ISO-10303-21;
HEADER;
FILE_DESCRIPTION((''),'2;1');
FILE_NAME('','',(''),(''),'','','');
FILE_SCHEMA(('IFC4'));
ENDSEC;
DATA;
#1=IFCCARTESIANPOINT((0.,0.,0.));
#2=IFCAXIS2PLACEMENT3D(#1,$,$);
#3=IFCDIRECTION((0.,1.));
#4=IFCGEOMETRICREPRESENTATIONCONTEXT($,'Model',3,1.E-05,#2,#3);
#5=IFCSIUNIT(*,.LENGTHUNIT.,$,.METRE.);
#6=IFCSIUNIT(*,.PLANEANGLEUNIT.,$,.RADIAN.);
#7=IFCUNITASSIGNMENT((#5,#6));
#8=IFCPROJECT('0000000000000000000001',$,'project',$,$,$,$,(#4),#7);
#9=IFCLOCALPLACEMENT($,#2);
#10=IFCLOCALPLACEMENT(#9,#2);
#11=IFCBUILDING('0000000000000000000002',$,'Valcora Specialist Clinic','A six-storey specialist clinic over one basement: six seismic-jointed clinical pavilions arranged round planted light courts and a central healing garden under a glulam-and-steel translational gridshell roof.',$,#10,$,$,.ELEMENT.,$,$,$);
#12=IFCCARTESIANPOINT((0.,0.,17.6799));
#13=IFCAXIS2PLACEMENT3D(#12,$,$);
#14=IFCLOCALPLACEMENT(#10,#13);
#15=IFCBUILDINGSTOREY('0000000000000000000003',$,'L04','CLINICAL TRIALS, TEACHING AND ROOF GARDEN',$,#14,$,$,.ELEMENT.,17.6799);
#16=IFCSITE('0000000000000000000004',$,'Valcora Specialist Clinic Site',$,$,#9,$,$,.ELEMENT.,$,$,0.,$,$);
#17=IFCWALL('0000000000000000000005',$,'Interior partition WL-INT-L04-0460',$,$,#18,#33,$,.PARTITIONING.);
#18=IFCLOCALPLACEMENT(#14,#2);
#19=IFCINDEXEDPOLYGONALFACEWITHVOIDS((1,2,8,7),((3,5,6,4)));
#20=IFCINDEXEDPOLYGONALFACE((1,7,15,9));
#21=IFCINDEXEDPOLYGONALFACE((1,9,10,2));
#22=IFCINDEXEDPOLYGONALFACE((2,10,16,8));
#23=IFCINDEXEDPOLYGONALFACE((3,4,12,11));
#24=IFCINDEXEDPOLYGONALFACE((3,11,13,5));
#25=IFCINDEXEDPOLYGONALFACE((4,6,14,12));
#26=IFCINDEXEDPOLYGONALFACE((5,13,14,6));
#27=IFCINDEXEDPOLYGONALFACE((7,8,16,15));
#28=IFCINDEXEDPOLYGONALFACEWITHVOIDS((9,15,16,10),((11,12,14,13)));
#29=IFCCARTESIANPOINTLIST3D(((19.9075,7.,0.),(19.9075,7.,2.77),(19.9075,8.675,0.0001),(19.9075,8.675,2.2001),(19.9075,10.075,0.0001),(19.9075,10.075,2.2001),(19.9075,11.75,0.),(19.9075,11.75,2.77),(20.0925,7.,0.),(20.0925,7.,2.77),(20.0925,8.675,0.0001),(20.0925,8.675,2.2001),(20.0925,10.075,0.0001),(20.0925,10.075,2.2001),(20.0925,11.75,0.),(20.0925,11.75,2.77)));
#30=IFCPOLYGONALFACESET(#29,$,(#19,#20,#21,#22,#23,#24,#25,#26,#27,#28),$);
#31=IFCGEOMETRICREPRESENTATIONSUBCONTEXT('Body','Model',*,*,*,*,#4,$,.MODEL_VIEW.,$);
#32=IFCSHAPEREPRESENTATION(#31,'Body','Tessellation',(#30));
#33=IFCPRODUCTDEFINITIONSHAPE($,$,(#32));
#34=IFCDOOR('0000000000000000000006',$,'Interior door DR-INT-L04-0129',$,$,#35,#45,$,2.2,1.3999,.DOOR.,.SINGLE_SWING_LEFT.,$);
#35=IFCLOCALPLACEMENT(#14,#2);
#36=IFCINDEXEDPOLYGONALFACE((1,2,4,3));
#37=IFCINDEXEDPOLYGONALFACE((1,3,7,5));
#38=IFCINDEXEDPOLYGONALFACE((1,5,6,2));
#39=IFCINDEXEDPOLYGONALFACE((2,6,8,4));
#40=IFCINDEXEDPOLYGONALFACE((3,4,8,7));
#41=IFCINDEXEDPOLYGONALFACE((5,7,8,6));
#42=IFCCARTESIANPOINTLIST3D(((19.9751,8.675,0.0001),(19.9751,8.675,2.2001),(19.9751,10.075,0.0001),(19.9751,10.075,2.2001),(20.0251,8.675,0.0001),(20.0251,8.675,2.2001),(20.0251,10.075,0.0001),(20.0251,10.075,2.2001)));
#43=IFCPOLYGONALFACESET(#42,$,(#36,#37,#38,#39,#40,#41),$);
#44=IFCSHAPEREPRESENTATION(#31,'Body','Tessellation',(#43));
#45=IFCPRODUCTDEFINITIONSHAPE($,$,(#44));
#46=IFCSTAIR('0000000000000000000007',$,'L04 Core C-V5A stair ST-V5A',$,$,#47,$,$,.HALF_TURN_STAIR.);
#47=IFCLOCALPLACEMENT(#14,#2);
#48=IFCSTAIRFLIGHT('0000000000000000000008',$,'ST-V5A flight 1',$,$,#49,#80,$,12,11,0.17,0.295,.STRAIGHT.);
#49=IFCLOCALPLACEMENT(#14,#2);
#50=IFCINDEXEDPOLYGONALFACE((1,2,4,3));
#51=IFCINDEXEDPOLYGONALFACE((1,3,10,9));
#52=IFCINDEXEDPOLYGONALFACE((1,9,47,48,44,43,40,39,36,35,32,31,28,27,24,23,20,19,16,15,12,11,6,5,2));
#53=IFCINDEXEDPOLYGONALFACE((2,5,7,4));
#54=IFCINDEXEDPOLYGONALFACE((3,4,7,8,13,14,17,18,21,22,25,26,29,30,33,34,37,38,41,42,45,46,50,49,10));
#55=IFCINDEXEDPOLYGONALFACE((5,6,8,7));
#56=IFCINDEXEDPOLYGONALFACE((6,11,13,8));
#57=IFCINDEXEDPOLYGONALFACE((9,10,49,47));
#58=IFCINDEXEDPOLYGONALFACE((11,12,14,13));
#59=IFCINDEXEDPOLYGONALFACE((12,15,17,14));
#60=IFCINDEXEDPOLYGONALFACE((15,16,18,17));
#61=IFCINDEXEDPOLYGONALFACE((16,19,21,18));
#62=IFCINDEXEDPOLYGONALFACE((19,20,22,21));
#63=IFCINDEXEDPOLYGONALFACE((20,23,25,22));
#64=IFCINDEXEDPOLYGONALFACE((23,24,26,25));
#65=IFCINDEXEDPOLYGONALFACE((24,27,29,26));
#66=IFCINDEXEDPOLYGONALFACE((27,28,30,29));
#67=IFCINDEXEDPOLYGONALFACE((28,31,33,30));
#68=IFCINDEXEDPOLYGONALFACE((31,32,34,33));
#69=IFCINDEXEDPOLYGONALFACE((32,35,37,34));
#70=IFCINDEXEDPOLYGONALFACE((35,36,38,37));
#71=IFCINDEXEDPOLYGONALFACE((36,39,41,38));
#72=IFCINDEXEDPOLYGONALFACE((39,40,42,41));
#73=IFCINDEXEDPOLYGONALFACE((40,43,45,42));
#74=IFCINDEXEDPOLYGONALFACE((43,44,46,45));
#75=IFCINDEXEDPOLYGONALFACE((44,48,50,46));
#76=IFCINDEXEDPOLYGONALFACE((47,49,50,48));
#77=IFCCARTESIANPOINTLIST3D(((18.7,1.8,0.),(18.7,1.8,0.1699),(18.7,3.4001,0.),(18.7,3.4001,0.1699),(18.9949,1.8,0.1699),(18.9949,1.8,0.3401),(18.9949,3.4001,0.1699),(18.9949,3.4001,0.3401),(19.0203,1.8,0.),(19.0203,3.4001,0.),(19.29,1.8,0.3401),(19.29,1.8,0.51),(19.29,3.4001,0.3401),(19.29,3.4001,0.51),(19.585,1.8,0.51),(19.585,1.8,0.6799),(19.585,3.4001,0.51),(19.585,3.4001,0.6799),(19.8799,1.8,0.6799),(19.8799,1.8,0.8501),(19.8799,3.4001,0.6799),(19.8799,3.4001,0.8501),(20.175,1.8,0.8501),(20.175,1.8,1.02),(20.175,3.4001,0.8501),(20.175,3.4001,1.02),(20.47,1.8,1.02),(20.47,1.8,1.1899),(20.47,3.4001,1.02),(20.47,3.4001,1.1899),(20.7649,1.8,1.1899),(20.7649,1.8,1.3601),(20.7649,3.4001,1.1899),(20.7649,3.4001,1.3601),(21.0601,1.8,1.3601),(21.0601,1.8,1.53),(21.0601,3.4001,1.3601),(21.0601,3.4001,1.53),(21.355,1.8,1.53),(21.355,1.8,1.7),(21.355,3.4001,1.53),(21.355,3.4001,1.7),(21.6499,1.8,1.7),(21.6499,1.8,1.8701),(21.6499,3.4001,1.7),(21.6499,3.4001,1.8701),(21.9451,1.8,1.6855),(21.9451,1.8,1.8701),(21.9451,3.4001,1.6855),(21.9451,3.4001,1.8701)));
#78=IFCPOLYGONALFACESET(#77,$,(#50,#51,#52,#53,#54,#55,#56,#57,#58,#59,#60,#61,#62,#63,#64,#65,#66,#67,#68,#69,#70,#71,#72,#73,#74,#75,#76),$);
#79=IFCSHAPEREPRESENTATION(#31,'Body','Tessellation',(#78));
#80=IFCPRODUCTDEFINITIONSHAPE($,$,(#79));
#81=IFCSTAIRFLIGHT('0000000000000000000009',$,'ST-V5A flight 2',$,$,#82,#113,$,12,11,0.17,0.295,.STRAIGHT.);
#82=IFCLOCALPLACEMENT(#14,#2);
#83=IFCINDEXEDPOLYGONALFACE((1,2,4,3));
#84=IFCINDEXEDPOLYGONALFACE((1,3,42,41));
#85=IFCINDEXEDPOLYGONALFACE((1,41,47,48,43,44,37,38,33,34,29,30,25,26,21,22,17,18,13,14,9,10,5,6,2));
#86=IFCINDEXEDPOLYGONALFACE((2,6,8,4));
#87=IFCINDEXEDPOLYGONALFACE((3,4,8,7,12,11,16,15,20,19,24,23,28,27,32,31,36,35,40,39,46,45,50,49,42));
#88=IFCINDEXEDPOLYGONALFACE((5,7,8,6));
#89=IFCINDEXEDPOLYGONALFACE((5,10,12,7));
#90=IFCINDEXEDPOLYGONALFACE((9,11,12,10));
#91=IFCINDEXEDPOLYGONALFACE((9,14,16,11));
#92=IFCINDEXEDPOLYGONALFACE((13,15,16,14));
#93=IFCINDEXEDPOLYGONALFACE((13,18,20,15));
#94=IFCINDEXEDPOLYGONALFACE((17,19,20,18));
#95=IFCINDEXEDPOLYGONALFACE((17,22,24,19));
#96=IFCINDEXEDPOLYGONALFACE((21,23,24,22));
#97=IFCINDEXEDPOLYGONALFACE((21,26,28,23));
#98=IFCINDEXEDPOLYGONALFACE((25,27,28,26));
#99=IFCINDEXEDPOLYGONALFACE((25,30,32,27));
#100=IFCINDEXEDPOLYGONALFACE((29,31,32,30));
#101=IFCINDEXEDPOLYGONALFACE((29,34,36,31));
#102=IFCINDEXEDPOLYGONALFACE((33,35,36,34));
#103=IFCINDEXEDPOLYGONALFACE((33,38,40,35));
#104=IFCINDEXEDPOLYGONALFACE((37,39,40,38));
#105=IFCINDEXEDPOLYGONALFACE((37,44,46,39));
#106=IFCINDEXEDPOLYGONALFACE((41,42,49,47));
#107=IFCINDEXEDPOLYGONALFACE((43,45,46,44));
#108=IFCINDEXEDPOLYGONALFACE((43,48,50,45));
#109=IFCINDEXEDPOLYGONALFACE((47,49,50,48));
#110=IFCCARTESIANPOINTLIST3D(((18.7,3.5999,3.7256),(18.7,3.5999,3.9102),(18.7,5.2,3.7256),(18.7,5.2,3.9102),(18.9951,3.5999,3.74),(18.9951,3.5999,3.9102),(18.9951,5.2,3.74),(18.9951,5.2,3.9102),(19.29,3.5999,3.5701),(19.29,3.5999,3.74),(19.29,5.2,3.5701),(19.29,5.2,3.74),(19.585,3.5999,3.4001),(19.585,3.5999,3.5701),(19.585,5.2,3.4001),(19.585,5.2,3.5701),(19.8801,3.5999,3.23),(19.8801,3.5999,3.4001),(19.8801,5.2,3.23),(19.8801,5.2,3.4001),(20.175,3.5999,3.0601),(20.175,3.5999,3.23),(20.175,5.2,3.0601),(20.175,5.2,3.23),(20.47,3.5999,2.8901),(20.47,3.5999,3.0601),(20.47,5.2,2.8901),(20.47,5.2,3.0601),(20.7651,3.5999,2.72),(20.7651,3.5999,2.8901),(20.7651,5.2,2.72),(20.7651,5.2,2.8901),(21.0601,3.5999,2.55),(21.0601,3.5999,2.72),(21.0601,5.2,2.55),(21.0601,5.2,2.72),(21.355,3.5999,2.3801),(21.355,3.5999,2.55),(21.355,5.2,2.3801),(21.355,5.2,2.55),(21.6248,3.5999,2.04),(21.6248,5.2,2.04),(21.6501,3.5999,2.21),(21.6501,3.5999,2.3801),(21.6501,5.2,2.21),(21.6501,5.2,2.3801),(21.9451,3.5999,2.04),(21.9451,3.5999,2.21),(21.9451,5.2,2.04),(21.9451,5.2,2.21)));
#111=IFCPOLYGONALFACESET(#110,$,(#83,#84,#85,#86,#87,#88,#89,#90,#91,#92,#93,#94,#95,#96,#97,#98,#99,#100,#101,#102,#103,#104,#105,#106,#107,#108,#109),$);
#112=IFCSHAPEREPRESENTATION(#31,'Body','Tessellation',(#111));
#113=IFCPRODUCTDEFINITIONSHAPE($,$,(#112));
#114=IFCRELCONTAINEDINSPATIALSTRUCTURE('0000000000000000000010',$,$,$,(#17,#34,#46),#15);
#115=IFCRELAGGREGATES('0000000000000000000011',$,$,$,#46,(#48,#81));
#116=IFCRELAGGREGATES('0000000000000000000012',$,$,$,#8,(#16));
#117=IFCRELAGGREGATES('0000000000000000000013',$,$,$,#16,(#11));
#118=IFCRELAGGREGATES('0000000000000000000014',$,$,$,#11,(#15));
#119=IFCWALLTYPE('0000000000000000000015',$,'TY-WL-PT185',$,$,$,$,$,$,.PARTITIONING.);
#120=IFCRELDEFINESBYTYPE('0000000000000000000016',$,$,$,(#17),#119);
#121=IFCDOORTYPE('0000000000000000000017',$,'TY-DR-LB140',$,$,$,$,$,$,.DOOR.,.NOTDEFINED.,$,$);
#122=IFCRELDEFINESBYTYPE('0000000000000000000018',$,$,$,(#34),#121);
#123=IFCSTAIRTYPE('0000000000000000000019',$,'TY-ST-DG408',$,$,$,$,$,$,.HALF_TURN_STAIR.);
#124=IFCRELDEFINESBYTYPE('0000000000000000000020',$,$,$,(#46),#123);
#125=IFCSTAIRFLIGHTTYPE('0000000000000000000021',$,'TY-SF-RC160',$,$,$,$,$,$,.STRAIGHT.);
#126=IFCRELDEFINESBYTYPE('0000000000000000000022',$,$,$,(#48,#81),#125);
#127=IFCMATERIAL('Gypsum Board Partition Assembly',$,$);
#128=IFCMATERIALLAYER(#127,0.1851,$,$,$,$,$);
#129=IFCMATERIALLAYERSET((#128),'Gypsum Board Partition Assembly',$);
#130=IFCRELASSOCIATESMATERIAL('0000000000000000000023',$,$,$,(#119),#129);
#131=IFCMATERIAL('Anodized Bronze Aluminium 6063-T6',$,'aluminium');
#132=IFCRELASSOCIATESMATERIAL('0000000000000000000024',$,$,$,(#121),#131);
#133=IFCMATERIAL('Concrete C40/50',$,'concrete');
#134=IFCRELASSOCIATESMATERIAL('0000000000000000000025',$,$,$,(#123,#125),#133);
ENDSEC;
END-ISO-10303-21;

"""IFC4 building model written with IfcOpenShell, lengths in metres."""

from ifc_helpers import new_model, si_unit, direction, frame, frame_2d, origin, place, context, subcontext, project, spatial, polyline, rectangle, outline, extrude, material, layer, layer_set, type_object, element, fill, aggregate, save


model = new_model("IFC4")

# Units and contexts
model_context = context("Model", 3, precision=1e-05, world=origin(), true_north=direction((0.0, 1.0)))
body_context = subcontext(model_context, "Body", "Model", "MODEL_VIEW")
ifc_project = project(units=[si_unit("LENGTHUNIT", "METRE"), si_unit("PLANEANGLEUNIT", "RADIAN")], contexts=[model_context])

# Site, building, storey
site_placement = place(None, origin())
site = spatial("IfcSite", under=ifc_project, at=site_placement, Name="Valcora Specialist Clinic Site", CompositionType="ELEMENT", RefElevation=0.0)
building_placement = place(site_placement, origin())
building = spatial("IfcBuilding", under=site, at=building_placement, Name="Valcora Specialist Clinic", Description="A six-storey specialist clinic over one basement: six seismic-jointed clinical pavilions arranged round planted light courts and a central healing garden under a glulam-and-steel translational gridshell roof.", CompositionType="ELEMENT")
storey_placement = place(building_placement, frame((0.0, 0.0, 17.6799)))
storey = spatial("IfcBuildingStorey", under=building, at=storey_placement, Name="L04", Description="CLINICAL TRIALS, TEACHING AND ROOF GARDEN", CompositionType="ELEMENT", Elevation=17.6799)

# Shared definitions
ifc_material_1 = material(Name="Concrete C40/50", Category="concrete")

# Shared definitions
ifc_material_2 = material(Name="Gypsum Board Partition Assembly")

# Wall, opening, door
ifc_layer_1 = layer(ifc_material_2, 0.1851)
ifc_layer_set_1 = layer_set([ifc_layer_1], Name="Gypsum Board Partition Assembly")
wall_type_1 = type_object("IfcWallType", Name="TY-WL-PT185", PredefinedType="PARTITIONING", material=ifc_layer_set_1)
wall_1_placement = place(storey_placement, frame((20.0, 7.0, 0.0), z_axis=(0.0, 0.0, 1.0), x_axis=(0.0, 1.0, 0.0)))
wall_1 = element("IfcWall", 1, at=wall_1_placement, inside=storey, type_object=wall_type_1, Name="Interior partition WL-INT-L04-0460", PredefinedType="PARTITIONING", context=body_context, shape_type="SweptSolid", body=[
    extrude(rectangle(XDim=4.75, YDim=0.1851, at=frame_2d((2.375, 0.0))), origin(), (0.0, 0.0, 1.0), 2.77),
])
opening_1_placement = place(wall_1_placement, frame((1.675, 0.0, 0.0)))
opening_1 = element("IfcOpeningElement", 2, at=opening_1_placement, cuts=wall_1, PredefinedType="OPENING", context=body_context, shape_type="SweptSolid", body=[
    extrude(rectangle(XDim=1.3999, YDim=2.2, at=frame_2d((0.7, 1.1001))), frame((0.0, 0.1025, 0.0), z_axis=(0.0, -1.0, 0.0), x_axis=(1.0, 0.0, 0.0)), (0.0, 0.0, 1.0), 0.2051),
])
ifc_material_3 = material(Name="Anodized Bronze Aluminium 6063-T6", Category="aluminium")
door_type_1 = type_object("IfcDoorType", Name="TY-DR-LB140", OperationType="NOTDEFINED", PredefinedType="DOOR", material=ifc_material_3)
door_1_placement = place(opening_1_placement, origin())
door_1 = element("IfcDoor", 3, at=door_1_placement, inside=storey, type_object=door_type_1, Name="Interior door DR-INT-L04-0129", OperationType="SINGLE_SWING_LEFT", OverallHeight=2.2, OverallWidth=1.3999, PredefinedType="DOOR", context=body_context, shape_type="SweptSolid", body=[
    extrude(rectangle(XDim=1.3999, YDim=2.2, at=frame_2d((0.7, 1.1001))), frame((0.0, 0.0249, 0.0), z_axis=(0.0, -1.0, 0.0), x_axis=(1.0, 0.0, 0.0)), (0.0, 0.0, 1.0), 0.05),
])
fill(opening_1, door_1)

# Stair, stair flights
stair_type = type_object("IfcStairType", Name="TY-ST-DG408", PredefinedType="HALF_TURN_STAIR", material=ifc_material_1)
stair_placement = place(storey_placement, origin())
stair = element("IfcStair", 4, at=stair_placement, inside=storey, type_object=stair_type, Name="L04 Core C-V5A stair ST-V5A", PredefinedType="HALF_TURN_STAIR")
stair_flight_type = type_object("IfcStairFlightType", Name="TY-SF-RC160", PredefinedType="STRAIGHT", material=ifc_material_1)
stair_flight_1_placement = place(storey_placement, frame((18.7, 2.6001, 0.0), z_axis=(0.0, 0.0, 1.0), x_axis=(1.0, 0.0, 0.0)))
stair_flight_1 = element("IfcStairFlight", 5, at=stair_flight_1_placement, type_object=stair_flight_type, Name="ST-V5A flight 1", NumberOfRisers=12, NumberOfTreads=11, PredefinedType="STRAIGHT", RiserHeight=0.17, TreadLength=0.295, context=body_context, shape_type="SweptSolid", body=[
    extrude(outline(polyline([(0.0, 0.0), (0.0, 0.1699), (0.2949, 0.1699), (0.2949, 0.3401), (0.5901, 0.3401), (0.5901, 0.51), (0.885, 0.51), (0.885, 0.6799), (1.1799, 0.6799), (1.1799, 0.8501), (1.4751, 0.8501), (1.4751, 1.02), (1.77, 1.02), (1.77, 1.1899), (2.0649, 1.1899), (2.0649, 1.3601), (2.3601, 1.3601), (2.3601, 1.53), (2.655, 1.53), (2.655, 1.7), (2.95, 1.7), (2.95, 1.8701), (3.2451, 1.8701), (3.2451, 2.04), (3.2451, 1.6855), (0.3203, 0.0), (0.0, 0.0)])), frame((0.0, 0.8, 0.0), z_axis=(0.0, -1.0, 0.0), x_axis=(1.0, 0.0, 0.0)), (0.0, 0.0, 1.0), 1.6001),
])
stair_flight_2_placement = place(storey_placement, frame((21.9451, 4.3999, 2.04), z_axis=(0.0, 0.0, 1.0), x_axis=(-1.0, 0.0, 0.0)))
stair_flight_2 = element("IfcStairFlight", 6, at=stair_flight_2_placement, type_object=stair_flight_type, Name="ST-V5A flight 2", NumberOfRisers=12, NumberOfTreads=11, PredefinedType="STRAIGHT", RiserHeight=0.17, TreadLength=0.295, context=body_context, shape_type="SweptSolid", body=[
    extrude(outline(polyline([(0.0, 0.0), (0.0, 0.1699), (0.2949, 0.1699), (0.2949, 0.3401), (0.5901, 0.3401), (0.5901, 0.51), (0.885, 0.51), (0.885, 0.6799), (1.1799, 0.6799), (1.1799, 0.8501), (1.4751, 0.8501), (1.4751, 1.02), (1.77, 1.02), (1.77, 1.1899), (2.0649, 1.1899), (2.0649, 1.3601), (2.3601, 1.3601), (2.3601, 1.53), (2.655, 1.53), (2.655, 1.7), (2.95, 1.7), (2.95, 1.8701), (3.2451, 1.8701), (3.2451, 2.04), (3.2451, 1.6855), (0.3203, 0.0), (0.0, 0.0)])), frame((0.0, 0.8, 0.0), z_axis=(0.0, -1.0, 0.0), x_axis=(1.0, 0.0, 0.0)), (0.0, 0.0, 1.0), 1.6001),
])
aggregate(stair, [stair_flight_1, stair_flight_2])

save(model, "model.ifc")
